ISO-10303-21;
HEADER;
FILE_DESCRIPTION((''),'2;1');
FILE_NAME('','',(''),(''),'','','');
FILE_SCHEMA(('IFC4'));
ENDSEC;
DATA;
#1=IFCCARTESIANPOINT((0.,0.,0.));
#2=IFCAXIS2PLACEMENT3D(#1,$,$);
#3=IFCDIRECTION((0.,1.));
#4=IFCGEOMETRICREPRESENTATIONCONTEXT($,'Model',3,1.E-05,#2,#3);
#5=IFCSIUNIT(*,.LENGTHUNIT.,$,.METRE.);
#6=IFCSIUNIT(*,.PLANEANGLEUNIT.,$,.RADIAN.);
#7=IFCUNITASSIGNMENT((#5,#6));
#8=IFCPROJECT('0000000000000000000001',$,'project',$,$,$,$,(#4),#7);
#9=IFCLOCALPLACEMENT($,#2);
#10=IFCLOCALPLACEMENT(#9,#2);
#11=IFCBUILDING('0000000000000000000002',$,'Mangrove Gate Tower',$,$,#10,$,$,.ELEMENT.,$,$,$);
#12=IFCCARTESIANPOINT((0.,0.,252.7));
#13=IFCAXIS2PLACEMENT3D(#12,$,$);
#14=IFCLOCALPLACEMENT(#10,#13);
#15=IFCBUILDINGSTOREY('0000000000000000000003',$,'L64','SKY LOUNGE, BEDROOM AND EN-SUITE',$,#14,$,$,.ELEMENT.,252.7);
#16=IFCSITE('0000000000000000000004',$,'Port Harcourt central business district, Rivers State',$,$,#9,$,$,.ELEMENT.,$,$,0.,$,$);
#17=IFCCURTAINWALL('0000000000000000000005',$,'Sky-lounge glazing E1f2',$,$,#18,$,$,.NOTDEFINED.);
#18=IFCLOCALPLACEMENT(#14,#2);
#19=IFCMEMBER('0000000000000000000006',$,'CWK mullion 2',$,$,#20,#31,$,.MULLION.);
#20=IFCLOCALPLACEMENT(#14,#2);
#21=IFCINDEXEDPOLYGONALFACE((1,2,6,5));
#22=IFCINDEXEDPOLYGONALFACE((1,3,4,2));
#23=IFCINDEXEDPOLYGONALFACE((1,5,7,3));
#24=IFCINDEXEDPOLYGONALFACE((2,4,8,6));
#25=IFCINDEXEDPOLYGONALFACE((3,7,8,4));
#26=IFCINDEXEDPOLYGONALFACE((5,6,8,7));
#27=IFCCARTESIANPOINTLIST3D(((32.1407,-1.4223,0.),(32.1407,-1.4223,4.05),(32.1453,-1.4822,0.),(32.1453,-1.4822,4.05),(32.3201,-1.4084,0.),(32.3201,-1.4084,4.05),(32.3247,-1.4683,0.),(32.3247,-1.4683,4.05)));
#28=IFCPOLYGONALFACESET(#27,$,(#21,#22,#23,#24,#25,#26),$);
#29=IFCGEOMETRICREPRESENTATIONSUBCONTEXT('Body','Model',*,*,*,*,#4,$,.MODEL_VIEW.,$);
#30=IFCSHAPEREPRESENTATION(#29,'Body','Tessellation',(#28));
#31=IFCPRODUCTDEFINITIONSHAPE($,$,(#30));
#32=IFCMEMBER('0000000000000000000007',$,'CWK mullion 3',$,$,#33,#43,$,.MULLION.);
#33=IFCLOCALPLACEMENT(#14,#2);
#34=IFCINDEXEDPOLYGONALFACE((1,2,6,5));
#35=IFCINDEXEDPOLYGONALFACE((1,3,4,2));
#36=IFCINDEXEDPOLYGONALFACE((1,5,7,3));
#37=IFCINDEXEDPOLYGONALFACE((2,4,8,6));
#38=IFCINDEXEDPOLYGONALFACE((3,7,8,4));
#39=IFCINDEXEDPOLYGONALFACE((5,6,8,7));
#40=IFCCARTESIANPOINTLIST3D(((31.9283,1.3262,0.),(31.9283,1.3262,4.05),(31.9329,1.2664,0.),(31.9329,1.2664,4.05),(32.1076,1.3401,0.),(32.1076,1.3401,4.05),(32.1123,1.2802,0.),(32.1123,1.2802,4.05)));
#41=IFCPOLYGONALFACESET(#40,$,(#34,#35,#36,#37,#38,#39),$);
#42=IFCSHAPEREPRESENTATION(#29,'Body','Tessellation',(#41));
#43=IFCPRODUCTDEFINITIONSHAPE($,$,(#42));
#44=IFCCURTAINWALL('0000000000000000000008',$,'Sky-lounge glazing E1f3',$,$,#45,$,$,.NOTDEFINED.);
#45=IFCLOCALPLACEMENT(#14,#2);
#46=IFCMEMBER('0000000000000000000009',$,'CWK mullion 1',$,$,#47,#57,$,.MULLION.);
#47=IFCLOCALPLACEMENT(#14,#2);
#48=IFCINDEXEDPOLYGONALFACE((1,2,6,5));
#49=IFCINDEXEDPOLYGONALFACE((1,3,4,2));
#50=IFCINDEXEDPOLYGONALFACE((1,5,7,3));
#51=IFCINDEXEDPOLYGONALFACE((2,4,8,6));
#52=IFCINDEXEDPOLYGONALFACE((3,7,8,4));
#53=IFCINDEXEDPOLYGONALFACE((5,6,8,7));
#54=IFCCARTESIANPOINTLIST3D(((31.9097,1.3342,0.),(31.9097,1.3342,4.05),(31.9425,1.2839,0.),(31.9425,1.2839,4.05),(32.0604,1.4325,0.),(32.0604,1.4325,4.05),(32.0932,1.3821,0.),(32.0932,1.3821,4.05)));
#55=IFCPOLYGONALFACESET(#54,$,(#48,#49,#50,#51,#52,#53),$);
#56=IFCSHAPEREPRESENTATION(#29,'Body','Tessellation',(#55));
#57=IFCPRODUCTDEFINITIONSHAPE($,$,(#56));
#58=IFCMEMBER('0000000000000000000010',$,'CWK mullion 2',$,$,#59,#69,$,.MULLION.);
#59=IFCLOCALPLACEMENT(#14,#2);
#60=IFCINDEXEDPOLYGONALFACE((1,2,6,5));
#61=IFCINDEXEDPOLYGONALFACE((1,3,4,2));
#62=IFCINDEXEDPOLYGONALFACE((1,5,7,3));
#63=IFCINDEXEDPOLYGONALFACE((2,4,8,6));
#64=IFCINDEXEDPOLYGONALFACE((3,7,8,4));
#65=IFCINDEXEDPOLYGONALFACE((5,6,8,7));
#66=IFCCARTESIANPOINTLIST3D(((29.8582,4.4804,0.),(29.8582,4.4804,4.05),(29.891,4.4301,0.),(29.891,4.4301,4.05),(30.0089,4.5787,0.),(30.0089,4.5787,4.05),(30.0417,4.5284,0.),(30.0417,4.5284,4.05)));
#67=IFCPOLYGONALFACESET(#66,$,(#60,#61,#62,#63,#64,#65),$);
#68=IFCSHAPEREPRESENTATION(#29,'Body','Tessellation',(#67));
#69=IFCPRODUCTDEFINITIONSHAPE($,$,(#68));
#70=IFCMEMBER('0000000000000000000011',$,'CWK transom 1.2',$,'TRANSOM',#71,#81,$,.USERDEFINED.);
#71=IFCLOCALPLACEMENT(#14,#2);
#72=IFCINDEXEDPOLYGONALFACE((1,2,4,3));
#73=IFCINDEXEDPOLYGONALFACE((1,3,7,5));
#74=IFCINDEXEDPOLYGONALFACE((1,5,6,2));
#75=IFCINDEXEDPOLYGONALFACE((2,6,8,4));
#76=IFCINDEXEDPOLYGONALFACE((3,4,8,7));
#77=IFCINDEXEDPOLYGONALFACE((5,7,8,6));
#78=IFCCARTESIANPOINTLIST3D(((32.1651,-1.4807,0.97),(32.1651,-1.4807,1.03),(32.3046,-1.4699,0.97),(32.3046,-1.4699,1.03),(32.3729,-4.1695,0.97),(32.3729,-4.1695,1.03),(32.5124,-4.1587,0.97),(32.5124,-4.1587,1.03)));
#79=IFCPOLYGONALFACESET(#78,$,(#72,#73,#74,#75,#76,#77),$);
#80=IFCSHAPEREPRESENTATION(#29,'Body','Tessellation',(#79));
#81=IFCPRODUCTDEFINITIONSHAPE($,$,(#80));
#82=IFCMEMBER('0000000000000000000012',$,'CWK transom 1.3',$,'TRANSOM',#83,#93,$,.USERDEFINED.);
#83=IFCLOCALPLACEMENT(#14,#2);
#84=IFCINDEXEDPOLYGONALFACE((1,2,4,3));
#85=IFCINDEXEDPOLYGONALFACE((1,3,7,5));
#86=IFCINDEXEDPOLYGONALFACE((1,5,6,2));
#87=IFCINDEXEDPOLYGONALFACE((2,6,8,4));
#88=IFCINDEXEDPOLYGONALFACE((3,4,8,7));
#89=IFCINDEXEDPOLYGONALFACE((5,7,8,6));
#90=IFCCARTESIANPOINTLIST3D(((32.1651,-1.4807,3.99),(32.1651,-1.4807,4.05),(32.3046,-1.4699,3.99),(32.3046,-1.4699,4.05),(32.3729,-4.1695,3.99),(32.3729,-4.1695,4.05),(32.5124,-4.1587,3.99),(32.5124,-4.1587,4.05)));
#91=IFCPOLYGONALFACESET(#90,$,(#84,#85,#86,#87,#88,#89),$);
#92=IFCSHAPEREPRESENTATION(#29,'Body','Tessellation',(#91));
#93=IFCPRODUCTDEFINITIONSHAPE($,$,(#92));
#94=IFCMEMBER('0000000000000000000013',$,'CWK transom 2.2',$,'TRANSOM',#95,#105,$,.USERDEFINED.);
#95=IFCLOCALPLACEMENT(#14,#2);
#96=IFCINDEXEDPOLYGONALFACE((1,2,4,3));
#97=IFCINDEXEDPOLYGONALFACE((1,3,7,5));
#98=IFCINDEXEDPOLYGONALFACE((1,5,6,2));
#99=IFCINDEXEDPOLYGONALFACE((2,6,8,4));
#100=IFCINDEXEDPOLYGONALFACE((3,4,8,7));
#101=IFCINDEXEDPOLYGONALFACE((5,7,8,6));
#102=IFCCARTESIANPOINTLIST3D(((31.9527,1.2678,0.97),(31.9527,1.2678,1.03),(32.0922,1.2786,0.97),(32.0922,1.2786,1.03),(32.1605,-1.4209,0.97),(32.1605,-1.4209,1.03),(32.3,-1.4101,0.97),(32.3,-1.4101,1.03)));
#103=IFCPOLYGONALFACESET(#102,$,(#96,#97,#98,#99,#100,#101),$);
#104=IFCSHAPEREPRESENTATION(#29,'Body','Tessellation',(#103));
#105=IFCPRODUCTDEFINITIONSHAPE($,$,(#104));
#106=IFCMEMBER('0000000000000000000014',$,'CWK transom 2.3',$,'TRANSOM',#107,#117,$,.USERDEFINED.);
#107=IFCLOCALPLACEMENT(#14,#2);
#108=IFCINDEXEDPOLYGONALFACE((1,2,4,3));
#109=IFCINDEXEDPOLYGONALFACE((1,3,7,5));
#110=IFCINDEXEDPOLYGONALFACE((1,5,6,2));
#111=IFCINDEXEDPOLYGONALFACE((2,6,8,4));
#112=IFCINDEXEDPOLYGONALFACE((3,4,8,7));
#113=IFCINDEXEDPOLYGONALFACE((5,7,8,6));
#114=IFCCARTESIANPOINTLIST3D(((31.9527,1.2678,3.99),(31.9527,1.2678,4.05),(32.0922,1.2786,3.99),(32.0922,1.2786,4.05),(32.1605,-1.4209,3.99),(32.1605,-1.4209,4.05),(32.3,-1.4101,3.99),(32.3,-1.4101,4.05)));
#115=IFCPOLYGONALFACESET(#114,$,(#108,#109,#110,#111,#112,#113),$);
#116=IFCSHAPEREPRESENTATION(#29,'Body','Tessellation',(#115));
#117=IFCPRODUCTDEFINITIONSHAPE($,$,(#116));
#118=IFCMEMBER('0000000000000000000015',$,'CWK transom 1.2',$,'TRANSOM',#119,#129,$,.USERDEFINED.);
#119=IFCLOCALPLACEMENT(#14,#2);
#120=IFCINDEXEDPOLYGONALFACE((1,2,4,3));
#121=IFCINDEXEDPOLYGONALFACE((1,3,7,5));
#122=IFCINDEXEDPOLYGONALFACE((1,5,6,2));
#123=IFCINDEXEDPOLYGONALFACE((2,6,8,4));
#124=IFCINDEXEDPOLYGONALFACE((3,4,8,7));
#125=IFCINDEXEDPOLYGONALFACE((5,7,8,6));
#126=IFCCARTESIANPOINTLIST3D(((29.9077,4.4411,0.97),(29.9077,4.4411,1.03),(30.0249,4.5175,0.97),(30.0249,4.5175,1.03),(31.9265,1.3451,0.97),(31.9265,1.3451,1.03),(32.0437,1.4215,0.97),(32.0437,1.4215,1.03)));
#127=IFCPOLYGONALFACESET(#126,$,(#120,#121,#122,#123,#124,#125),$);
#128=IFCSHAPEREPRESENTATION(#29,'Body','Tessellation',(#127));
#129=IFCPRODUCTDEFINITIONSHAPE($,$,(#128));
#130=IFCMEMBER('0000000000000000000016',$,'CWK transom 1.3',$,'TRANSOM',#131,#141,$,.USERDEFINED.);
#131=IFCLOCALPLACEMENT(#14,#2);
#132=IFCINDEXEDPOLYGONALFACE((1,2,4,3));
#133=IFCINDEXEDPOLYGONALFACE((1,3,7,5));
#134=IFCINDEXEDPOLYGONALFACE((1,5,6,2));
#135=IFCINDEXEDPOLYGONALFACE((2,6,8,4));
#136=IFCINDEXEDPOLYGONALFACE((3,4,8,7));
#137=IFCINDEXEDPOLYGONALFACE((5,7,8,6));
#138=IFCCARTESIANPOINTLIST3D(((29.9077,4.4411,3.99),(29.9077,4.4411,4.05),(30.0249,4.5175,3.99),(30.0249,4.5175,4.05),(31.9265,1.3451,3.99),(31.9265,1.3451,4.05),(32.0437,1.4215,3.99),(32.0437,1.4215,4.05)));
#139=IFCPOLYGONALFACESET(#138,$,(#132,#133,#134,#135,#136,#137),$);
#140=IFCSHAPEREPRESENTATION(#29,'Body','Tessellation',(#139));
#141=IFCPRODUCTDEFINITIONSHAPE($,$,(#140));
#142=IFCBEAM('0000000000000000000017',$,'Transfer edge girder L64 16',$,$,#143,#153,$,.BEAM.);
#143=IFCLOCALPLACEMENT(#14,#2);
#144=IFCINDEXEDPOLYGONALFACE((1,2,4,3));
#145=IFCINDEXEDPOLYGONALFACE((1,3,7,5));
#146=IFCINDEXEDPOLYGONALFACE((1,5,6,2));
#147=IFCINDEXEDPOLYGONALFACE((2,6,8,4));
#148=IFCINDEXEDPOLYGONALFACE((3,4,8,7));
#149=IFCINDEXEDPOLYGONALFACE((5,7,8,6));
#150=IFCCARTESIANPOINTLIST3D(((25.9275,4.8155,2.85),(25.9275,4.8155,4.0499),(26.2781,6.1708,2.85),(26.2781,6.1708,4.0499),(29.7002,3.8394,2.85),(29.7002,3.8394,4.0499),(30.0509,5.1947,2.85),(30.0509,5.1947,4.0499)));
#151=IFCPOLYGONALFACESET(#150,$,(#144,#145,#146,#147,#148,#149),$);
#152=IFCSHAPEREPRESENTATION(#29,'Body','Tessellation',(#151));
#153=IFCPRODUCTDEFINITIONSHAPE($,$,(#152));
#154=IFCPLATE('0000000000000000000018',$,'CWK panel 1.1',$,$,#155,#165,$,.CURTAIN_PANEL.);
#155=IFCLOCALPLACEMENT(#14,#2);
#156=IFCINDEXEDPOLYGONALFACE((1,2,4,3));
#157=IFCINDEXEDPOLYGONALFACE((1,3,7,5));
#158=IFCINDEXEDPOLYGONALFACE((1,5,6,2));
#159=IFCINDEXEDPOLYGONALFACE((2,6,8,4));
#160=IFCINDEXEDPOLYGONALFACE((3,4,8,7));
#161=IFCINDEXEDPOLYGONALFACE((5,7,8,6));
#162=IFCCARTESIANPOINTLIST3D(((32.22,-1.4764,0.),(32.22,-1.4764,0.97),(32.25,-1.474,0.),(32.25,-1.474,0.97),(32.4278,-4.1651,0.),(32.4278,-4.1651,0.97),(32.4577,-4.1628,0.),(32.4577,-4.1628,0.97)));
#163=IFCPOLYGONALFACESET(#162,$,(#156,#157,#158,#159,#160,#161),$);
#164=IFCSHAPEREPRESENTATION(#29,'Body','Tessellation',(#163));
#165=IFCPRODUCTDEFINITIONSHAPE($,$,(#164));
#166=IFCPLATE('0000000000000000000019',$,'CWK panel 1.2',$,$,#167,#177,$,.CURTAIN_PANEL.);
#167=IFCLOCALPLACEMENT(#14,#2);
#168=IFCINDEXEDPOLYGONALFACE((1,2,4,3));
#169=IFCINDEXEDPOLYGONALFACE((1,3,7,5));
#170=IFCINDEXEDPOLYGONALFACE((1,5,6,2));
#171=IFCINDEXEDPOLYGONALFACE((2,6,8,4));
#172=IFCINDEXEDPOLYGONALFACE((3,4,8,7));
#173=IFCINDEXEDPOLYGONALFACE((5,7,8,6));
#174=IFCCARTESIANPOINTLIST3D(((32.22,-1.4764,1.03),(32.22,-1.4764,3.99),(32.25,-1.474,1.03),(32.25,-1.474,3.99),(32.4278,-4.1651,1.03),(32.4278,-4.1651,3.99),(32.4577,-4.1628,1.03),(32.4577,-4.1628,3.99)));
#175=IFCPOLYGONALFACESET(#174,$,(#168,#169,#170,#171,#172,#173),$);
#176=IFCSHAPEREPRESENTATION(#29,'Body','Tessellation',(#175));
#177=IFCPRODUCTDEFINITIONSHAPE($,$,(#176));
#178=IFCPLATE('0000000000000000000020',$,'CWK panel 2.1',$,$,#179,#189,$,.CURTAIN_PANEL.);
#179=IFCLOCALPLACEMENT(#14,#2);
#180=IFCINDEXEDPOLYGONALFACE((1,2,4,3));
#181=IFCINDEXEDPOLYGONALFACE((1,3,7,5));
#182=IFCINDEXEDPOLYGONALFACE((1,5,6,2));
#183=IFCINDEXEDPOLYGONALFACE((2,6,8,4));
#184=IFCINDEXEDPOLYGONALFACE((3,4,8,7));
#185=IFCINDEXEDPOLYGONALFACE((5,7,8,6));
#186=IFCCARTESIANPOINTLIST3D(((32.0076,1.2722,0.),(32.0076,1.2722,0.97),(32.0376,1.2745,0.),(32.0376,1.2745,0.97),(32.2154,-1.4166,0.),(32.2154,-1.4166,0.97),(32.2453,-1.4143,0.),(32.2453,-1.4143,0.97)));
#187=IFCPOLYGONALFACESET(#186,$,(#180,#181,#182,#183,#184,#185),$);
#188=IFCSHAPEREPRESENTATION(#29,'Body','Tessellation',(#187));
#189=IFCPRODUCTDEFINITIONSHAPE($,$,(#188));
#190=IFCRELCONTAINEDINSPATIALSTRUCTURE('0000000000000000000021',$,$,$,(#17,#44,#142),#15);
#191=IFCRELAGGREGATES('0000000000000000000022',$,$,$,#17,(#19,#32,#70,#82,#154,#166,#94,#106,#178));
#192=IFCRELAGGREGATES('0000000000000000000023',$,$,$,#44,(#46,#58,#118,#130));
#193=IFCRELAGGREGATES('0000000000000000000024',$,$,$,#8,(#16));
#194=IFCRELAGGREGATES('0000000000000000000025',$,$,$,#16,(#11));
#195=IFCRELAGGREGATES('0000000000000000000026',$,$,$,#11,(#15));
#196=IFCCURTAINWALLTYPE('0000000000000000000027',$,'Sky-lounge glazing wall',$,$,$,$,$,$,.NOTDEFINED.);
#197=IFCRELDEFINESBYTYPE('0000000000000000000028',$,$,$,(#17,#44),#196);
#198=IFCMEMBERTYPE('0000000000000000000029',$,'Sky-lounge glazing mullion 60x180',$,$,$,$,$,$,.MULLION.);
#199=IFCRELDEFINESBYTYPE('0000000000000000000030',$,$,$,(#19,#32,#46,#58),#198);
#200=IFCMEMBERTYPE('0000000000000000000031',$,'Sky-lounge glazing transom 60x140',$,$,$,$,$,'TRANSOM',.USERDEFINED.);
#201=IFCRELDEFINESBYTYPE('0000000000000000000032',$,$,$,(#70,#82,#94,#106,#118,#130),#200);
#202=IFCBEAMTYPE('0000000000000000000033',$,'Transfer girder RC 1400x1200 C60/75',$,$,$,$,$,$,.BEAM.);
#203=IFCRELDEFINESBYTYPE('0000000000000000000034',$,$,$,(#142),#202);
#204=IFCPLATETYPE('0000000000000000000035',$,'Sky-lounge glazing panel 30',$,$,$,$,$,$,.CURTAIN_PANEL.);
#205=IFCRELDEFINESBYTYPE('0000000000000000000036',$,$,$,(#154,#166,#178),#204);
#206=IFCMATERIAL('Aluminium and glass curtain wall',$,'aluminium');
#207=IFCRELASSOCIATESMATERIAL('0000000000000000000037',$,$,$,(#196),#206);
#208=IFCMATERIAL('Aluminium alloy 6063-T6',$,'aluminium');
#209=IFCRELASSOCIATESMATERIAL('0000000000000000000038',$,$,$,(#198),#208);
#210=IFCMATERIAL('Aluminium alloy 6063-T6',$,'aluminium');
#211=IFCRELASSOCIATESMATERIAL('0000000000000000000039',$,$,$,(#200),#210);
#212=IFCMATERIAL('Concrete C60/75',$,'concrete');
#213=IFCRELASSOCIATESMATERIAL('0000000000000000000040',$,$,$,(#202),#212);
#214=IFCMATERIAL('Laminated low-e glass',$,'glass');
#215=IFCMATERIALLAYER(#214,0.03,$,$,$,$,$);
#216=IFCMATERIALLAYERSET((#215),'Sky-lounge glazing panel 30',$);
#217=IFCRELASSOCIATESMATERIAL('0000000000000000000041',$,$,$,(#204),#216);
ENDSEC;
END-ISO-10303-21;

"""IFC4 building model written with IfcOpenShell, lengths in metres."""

from ifc_helpers import new_model, si_unit, direction, frame, origin, origin_2d, place, context, subcontext, project, spatial, rectangle, extrude, material, layer, layer_set, material_profile, profile_set, type_object, element, aggregate, save


model = new_model("IFC4")

# Units and contexts
model_context = context("Model", 3, precision=1e-05, world=origin(), true_north=direction((0.0, 1.0)))
body_context = subcontext(model_context, "Body", "Model", "MODEL_VIEW")
ifc_project = project(units=[si_unit("LENGTHUNIT", "METRE"), si_unit("PLANEANGLEUNIT", "RADIAN")], contexts=[model_context])

# Site, building, storey
site_placement = place(None, origin())
site = spatial("IfcSite", under=ifc_project, at=site_placement, Name="Port Harcourt central business district, Rivers State", CompositionType="ELEMENT", RefElevation=0.0)
building_placement = place(site_placement, origin())
building = spatial("IfcBuilding", under=site, at=building_placement, Name="Mangrove Gate Tower", CompositionType="ELEMENT")
storey_placement = place(building_placement, frame((0.0, 0.0, 252.7)))
storey = spatial("IfcBuildingStorey", under=building, at=storey_placement, Name="L64", Description="SKY LOUNGE, BEDROOM AND EN-SUITE", CompositionType="ELEMENT", Elevation=252.7)

# Curtain walls, members
ifc_material_1 = material(Name="Aluminium and glass curtain wall", Category="aluminium")
curtain_wall_type = type_object("IfcCurtainWallType", Name="Sky-lounge glazing wall", PredefinedType="NOTDEFINED", material=ifc_material_1)
curtain_wall_1_placement = place(storey_placement, origin())
curtain_wall_1 = element("IfcCurtainWall", 1, at=curtain_wall_1_placement, inside=storey, type_object=curtain_wall_type, Name="Sky-lounge glazing E1f2", PredefinedType="NOTDEFINED")
ifc_material_2 = material(Name="Aluminium alloy 6063-T6", Category="aluminium")
ifc_material_profile_1 = material_profile(ifc_material_2, rectangle(XDim=0.0601, YDim=0.1799, at=origin_2d()))
ifc_profile_set_1 = profile_set([ifc_material_profile_1], Name="Aluminium alloy 6063-T6")
member_type_1 = type_object("IfcMemberType", Name="Sky-lounge glazing mullion 60x180", PredefinedType="MULLION", material=ifc_profile_set_1)
member_1_placement = place(storey_placement, frame((32.2327, -1.4453, 0.0), z_axis=(0.0, 0.0, 1.0), x_axis=(-0.077023, 0.997029, 0.0)))
member_1 = element("IfcMember", 2, at=member_1_placement, type_object=member_type_1, Name="CWK mullion 2", PredefinedType="MULLION", context=body_context, shape_type="SweptSolid", body=[
    extrude(rectangle(XDim=0.0601, YDim=0.1799, at=origin_2d()), origin(), (0.0, 0.0, 1.0), 4.05),
])
member_2_placement = place(storey_placement, frame((32.0203, 1.3032, 0.0), z_axis=(0.0, 0.0, 1.0), x_axis=(-0.077023, 0.997029, 0.0)))
member_2 = element("IfcMember", 3, at=member_2_placement, type_object=member_type_1, Name="CWK mullion 3", PredefinedType="MULLION", context=body_context, shape_type="SweptSolid", body=[
    extrude(rectangle(XDim=0.0601, YDim=0.1799, at=origin_2d()), origin(), (0.0, 0.0, 1.0), 4.05),
])
curtain_wall_2_placement = place(storey_placement, origin())
curtain_wall_2 = element("IfcCurtainWall", 4, at=curtain_wall_2_placement, inside=storey, type_object=curtain_wall_type, Name="Sky-lounge glazing E1f3", PredefinedType="NOTDEFINED")
member_3_placement = place(storey_placement, frame((32.0015, 1.3582, 0.0), z_axis=(0.0, 0.0, 1.0), x_axis=(-0.546235, 0.837632, 0.0)))
member_3 = element("IfcMember", 5, at=member_3_placement, type_object=member_type_1, Name="CWK mullion 1", PredefinedType="MULLION", context=body_context, shape_type="SweptSolid", body=[
    extrude(rectangle(XDim=0.0601, YDim=0.1799, at=origin_2d()), origin(), (0.0, 0.0, 1.0), 4.05),
])
member_4_placement = place(storey_placement, frame((29.95, 4.5044, 0.0), z_axis=(0.0, 0.0, 1.0), x_axis=(-0.546235, 0.837632, 0.0)))
member_4 = element("IfcMember", 6, at=member_4_placement, type_object=member_type_1, Name="CWK mullion 2", PredefinedType="MULLION", context=body_context, shape_type="SweptSolid", body=[
    extrude(rectangle(XDim=0.0601, YDim=0.1799, at=origin_2d()), origin(), (0.0, 0.0, 1.0), 4.05),
])

# Members
ifc_material_3 = material(Name="Aluminium alloy 6063-T6", Category="aluminium")
ifc_material_profile_2 = material_profile(ifc_material_3, rectangle(XDim=0.0601, YDim=0.1399, at=origin_2d()))
ifc_profile_set_2 = profile_set([ifc_material_profile_2], Name="Aluminium alloy 6063-T6")
member_type_2 = type_object("IfcMemberType", Name="Sky-lounge glazing transom 60x140", ElementType="TRANSOM", PredefinedType="USERDEFINED", material=ifc_profile_set_2)
member_5_placement = place(storey_placement, frame((32.4426, -4.1641, 1.0), z_axis=(-0.077043, 0.997028, 0.0), x_axis=(0.0, 0.0, 1.0)))
member_5 = element("IfcMember", 7, at=member_5_placement, type_object=member_type_2, Name="CWK transom 1.2", ObjectType="TRANSOM", PredefinedType="USERDEFINED", context=body_context, shape_type="SweptSolid", body=[
    extrude(rectangle(XDim=0.0601, YDim=0.1399, at=origin_2d()), origin(), (0.0, 0.0, 1.0), 2.6968),
])
member_6_placement = place(storey_placement, frame((32.4426, -4.1641, 4.02), z_axis=(-0.077043, 0.997028, 0.0), x_axis=(0.0, 0.0, 1.0)))
member_6 = element("IfcMember", 8, at=member_6_placement, type_object=member_type_2, Name="CWK transom 1.3", ObjectType="TRANSOM", PredefinedType="USERDEFINED", context=body_context, shape_type="SweptSolid", body=[
    extrude(rectangle(XDim=0.0601, YDim=0.1399, at=origin_2d()), origin(), (0.0, 0.0, 1.0), 2.6968),
])
member_7_placement = place(storey_placement, frame((32.2302, -1.4155, 1.0), z_axis=(-0.077043, 0.997028, 0.0), x_axis=(0.0, 0.0, 1.0)))
member_7 = element("IfcMember", 9, at=member_7_placement, type_object=member_type_2, Name="CWK transom 2.2", ObjectType="TRANSOM", PredefinedType="USERDEFINED", context=body_context, shape_type="SweptSolid", body=[
    extrude(rectangle(XDim=0.0601, YDim=0.1399, at=origin_2d()), origin(), (0.0, 0.0, 1.0), 2.6968),
])
member_8_placement = place(storey_placement, frame((32.2302, -1.4155, 4.02), z_axis=(-0.077043, 0.997028, 0.0), x_axis=(0.0, 0.0, 1.0)))
member_8 = element("IfcMember", 10, at=member_8_placement, type_object=member_type_2, Name="CWK transom 2.3", ObjectType="TRANSOM", PredefinedType="USERDEFINED", context=body_context, shape_type="SweptSolid", body=[
    extrude(rectangle(XDim=0.0601, YDim=0.1399, at=origin_2d()), origin(), (0.0, 0.0, 1.0), 2.6968),
])
member_9_placement = place(storey_placement, frame((31.9851, 1.3833, 1.0), z_axis=(-0.546211, 0.837647, 0.0), x_axis=(0.0, 0.0, 1.0)))
member_9 = element("IfcMember", 11, at=member_9_placement, type_object=member_type_2, Name="CWK transom 1.2", ObjectType="TRANSOM", PredefinedType="USERDEFINED", context=body_context, shape_type="SweptSolid", body=[
    extrude(rectangle(XDim=0.0601, YDim=0.1399, at=origin_2d()), origin(), (0.0, 0.0, 1.0), 3.696),
])
member_10_placement = place(storey_placement, frame((31.9851, 1.3833, 4.02), z_axis=(-0.546211, 0.837647, 0.0), x_axis=(0.0, 0.0, 1.0)))
member_10 = element("IfcMember", 12, at=member_10_placement, type_object=member_type_2, Name="CWK transom 1.3", ObjectType="TRANSOM", PredefinedType="USERDEFINED", context=body_context, shape_type="SweptSolid", body=[
    extrude(rectangle(XDim=0.0601, YDim=0.1399, at=origin_2d()), origin(), (0.0, 0.0, 1.0), 3.696),
])

# Beam
ifc_material_4 = material(Name="Concrete C60/75", Category="concrete")
ifc_material_profile_3 = material_profile(ifc_material_4, rectangle(XDim=1.3999, YDim=1.2, at=origin_2d()))
ifc_profile_set_3 = profile_set([ifc_material_profile_3], Name="Concrete C60/75")
beam_type = type_object("IfcBeamType", Name="Transfer girder RC 1400x1200 C60/75", PredefinedType="BEAM", material=ifc_profile_set_3)
beam_placement = place(storey_placement, frame((26.1028, 5.4932, 3.45), z_axis=(0.968124, -0.250473, 0.0), x_axis=(0.250473, 0.968124, 0.0)))
element("IfcBeam", 13, at=beam_placement, inside=storey, type_object=beam_type, Name="Transfer edge girder L64 16", PredefinedType="BEAM", context=body_context, shape_type="SweptSolid", body=[
    extrude(rectangle(XDim=1.3999, YDim=1.2, at=origin_2d()), origin(), (0.0, 0.0, 1.0), 3.897),
])

# Plates
ifc_material_5 = material(Name="Laminated low-e glass", Category="glass")
ifc_layer_1 = layer(ifc_material_5, 0.03)
ifc_layer_set_1 = layer_set([ifc_layer_1], Name="Sky-lounge glazing panel 30")
plate_type = type_object("IfcPlateType", Name="Sky-lounge glazing panel 30", PredefinedType="CURTAIN_PANEL", material=ifc_layer_set_1)
plate_1_placement = place(storey_placement, frame((32.3389, -2.8196, 0.0), z_axis=(0.0, 0.0, 1.0), x_axis=(-0.077023, 0.997029, 0.0)))
plate_1 = element("IfcPlate", 14, at=plate_1_placement, type_object=plate_type, Name="CWK panel 1.1", PredefinedType="CURTAIN_PANEL", context=body_context, shape_type="SweptSolid", body=[
    extrude(rectangle(XDim=2.6968, YDim=0.03, at=origin_2d()), origin(), (0.0, 0.0, 1.0), 0.97),
])
plate_2_placement = place(storey_placement, frame((32.3389, -2.8196, 1.03), z_axis=(0.0, 0.0, 1.0), x_axis=(-0.077023, 0.997029, 0.0)))
plate_2 = element("IfcPlate", 15, at=plate_2_placement, type_object=plate_type, Name="CWK panel 1.2", PredefinedType="CURTAIN_PANEL", context=body_context, shape_type="SweptSolid", body=[
    extrude(rectangle(XDim=2.6968, YDim=0.03, at=origin_2d()), origin(), (0.0, 0.0, 1.0), 2.96),
])
plate_3_placement = place(storey_placement, frame((32.1265, -0.071, 0.0), z_axis=(0.0, 0.0, 1.0), x_axis=(-0.077023, 0.997029, 0.0)))
plate_3 = element("IfcPlate", 16, at=plate_3_placement, type_object=plate_type, Name="CWK panel 2.1", PredefinedType="CURTAIN_PANEL", context=body_context, shape_type="SweptSolid", body=[
    extrude(rectangle(XDim=2.6968, YDim=0.03, at=origin_2d()), origin(), (0.0, 0.0, 1.0), 0.97),
])
aggregate(curtain_wall_1, [member_1, member_2, member_5, member_6, plate_1, plate_2, member_7, member_8, plate_3])
aggregate(curtain_wall_2, [member_3, member_4, member_9, member_10])

save(model, "model.ifc")
